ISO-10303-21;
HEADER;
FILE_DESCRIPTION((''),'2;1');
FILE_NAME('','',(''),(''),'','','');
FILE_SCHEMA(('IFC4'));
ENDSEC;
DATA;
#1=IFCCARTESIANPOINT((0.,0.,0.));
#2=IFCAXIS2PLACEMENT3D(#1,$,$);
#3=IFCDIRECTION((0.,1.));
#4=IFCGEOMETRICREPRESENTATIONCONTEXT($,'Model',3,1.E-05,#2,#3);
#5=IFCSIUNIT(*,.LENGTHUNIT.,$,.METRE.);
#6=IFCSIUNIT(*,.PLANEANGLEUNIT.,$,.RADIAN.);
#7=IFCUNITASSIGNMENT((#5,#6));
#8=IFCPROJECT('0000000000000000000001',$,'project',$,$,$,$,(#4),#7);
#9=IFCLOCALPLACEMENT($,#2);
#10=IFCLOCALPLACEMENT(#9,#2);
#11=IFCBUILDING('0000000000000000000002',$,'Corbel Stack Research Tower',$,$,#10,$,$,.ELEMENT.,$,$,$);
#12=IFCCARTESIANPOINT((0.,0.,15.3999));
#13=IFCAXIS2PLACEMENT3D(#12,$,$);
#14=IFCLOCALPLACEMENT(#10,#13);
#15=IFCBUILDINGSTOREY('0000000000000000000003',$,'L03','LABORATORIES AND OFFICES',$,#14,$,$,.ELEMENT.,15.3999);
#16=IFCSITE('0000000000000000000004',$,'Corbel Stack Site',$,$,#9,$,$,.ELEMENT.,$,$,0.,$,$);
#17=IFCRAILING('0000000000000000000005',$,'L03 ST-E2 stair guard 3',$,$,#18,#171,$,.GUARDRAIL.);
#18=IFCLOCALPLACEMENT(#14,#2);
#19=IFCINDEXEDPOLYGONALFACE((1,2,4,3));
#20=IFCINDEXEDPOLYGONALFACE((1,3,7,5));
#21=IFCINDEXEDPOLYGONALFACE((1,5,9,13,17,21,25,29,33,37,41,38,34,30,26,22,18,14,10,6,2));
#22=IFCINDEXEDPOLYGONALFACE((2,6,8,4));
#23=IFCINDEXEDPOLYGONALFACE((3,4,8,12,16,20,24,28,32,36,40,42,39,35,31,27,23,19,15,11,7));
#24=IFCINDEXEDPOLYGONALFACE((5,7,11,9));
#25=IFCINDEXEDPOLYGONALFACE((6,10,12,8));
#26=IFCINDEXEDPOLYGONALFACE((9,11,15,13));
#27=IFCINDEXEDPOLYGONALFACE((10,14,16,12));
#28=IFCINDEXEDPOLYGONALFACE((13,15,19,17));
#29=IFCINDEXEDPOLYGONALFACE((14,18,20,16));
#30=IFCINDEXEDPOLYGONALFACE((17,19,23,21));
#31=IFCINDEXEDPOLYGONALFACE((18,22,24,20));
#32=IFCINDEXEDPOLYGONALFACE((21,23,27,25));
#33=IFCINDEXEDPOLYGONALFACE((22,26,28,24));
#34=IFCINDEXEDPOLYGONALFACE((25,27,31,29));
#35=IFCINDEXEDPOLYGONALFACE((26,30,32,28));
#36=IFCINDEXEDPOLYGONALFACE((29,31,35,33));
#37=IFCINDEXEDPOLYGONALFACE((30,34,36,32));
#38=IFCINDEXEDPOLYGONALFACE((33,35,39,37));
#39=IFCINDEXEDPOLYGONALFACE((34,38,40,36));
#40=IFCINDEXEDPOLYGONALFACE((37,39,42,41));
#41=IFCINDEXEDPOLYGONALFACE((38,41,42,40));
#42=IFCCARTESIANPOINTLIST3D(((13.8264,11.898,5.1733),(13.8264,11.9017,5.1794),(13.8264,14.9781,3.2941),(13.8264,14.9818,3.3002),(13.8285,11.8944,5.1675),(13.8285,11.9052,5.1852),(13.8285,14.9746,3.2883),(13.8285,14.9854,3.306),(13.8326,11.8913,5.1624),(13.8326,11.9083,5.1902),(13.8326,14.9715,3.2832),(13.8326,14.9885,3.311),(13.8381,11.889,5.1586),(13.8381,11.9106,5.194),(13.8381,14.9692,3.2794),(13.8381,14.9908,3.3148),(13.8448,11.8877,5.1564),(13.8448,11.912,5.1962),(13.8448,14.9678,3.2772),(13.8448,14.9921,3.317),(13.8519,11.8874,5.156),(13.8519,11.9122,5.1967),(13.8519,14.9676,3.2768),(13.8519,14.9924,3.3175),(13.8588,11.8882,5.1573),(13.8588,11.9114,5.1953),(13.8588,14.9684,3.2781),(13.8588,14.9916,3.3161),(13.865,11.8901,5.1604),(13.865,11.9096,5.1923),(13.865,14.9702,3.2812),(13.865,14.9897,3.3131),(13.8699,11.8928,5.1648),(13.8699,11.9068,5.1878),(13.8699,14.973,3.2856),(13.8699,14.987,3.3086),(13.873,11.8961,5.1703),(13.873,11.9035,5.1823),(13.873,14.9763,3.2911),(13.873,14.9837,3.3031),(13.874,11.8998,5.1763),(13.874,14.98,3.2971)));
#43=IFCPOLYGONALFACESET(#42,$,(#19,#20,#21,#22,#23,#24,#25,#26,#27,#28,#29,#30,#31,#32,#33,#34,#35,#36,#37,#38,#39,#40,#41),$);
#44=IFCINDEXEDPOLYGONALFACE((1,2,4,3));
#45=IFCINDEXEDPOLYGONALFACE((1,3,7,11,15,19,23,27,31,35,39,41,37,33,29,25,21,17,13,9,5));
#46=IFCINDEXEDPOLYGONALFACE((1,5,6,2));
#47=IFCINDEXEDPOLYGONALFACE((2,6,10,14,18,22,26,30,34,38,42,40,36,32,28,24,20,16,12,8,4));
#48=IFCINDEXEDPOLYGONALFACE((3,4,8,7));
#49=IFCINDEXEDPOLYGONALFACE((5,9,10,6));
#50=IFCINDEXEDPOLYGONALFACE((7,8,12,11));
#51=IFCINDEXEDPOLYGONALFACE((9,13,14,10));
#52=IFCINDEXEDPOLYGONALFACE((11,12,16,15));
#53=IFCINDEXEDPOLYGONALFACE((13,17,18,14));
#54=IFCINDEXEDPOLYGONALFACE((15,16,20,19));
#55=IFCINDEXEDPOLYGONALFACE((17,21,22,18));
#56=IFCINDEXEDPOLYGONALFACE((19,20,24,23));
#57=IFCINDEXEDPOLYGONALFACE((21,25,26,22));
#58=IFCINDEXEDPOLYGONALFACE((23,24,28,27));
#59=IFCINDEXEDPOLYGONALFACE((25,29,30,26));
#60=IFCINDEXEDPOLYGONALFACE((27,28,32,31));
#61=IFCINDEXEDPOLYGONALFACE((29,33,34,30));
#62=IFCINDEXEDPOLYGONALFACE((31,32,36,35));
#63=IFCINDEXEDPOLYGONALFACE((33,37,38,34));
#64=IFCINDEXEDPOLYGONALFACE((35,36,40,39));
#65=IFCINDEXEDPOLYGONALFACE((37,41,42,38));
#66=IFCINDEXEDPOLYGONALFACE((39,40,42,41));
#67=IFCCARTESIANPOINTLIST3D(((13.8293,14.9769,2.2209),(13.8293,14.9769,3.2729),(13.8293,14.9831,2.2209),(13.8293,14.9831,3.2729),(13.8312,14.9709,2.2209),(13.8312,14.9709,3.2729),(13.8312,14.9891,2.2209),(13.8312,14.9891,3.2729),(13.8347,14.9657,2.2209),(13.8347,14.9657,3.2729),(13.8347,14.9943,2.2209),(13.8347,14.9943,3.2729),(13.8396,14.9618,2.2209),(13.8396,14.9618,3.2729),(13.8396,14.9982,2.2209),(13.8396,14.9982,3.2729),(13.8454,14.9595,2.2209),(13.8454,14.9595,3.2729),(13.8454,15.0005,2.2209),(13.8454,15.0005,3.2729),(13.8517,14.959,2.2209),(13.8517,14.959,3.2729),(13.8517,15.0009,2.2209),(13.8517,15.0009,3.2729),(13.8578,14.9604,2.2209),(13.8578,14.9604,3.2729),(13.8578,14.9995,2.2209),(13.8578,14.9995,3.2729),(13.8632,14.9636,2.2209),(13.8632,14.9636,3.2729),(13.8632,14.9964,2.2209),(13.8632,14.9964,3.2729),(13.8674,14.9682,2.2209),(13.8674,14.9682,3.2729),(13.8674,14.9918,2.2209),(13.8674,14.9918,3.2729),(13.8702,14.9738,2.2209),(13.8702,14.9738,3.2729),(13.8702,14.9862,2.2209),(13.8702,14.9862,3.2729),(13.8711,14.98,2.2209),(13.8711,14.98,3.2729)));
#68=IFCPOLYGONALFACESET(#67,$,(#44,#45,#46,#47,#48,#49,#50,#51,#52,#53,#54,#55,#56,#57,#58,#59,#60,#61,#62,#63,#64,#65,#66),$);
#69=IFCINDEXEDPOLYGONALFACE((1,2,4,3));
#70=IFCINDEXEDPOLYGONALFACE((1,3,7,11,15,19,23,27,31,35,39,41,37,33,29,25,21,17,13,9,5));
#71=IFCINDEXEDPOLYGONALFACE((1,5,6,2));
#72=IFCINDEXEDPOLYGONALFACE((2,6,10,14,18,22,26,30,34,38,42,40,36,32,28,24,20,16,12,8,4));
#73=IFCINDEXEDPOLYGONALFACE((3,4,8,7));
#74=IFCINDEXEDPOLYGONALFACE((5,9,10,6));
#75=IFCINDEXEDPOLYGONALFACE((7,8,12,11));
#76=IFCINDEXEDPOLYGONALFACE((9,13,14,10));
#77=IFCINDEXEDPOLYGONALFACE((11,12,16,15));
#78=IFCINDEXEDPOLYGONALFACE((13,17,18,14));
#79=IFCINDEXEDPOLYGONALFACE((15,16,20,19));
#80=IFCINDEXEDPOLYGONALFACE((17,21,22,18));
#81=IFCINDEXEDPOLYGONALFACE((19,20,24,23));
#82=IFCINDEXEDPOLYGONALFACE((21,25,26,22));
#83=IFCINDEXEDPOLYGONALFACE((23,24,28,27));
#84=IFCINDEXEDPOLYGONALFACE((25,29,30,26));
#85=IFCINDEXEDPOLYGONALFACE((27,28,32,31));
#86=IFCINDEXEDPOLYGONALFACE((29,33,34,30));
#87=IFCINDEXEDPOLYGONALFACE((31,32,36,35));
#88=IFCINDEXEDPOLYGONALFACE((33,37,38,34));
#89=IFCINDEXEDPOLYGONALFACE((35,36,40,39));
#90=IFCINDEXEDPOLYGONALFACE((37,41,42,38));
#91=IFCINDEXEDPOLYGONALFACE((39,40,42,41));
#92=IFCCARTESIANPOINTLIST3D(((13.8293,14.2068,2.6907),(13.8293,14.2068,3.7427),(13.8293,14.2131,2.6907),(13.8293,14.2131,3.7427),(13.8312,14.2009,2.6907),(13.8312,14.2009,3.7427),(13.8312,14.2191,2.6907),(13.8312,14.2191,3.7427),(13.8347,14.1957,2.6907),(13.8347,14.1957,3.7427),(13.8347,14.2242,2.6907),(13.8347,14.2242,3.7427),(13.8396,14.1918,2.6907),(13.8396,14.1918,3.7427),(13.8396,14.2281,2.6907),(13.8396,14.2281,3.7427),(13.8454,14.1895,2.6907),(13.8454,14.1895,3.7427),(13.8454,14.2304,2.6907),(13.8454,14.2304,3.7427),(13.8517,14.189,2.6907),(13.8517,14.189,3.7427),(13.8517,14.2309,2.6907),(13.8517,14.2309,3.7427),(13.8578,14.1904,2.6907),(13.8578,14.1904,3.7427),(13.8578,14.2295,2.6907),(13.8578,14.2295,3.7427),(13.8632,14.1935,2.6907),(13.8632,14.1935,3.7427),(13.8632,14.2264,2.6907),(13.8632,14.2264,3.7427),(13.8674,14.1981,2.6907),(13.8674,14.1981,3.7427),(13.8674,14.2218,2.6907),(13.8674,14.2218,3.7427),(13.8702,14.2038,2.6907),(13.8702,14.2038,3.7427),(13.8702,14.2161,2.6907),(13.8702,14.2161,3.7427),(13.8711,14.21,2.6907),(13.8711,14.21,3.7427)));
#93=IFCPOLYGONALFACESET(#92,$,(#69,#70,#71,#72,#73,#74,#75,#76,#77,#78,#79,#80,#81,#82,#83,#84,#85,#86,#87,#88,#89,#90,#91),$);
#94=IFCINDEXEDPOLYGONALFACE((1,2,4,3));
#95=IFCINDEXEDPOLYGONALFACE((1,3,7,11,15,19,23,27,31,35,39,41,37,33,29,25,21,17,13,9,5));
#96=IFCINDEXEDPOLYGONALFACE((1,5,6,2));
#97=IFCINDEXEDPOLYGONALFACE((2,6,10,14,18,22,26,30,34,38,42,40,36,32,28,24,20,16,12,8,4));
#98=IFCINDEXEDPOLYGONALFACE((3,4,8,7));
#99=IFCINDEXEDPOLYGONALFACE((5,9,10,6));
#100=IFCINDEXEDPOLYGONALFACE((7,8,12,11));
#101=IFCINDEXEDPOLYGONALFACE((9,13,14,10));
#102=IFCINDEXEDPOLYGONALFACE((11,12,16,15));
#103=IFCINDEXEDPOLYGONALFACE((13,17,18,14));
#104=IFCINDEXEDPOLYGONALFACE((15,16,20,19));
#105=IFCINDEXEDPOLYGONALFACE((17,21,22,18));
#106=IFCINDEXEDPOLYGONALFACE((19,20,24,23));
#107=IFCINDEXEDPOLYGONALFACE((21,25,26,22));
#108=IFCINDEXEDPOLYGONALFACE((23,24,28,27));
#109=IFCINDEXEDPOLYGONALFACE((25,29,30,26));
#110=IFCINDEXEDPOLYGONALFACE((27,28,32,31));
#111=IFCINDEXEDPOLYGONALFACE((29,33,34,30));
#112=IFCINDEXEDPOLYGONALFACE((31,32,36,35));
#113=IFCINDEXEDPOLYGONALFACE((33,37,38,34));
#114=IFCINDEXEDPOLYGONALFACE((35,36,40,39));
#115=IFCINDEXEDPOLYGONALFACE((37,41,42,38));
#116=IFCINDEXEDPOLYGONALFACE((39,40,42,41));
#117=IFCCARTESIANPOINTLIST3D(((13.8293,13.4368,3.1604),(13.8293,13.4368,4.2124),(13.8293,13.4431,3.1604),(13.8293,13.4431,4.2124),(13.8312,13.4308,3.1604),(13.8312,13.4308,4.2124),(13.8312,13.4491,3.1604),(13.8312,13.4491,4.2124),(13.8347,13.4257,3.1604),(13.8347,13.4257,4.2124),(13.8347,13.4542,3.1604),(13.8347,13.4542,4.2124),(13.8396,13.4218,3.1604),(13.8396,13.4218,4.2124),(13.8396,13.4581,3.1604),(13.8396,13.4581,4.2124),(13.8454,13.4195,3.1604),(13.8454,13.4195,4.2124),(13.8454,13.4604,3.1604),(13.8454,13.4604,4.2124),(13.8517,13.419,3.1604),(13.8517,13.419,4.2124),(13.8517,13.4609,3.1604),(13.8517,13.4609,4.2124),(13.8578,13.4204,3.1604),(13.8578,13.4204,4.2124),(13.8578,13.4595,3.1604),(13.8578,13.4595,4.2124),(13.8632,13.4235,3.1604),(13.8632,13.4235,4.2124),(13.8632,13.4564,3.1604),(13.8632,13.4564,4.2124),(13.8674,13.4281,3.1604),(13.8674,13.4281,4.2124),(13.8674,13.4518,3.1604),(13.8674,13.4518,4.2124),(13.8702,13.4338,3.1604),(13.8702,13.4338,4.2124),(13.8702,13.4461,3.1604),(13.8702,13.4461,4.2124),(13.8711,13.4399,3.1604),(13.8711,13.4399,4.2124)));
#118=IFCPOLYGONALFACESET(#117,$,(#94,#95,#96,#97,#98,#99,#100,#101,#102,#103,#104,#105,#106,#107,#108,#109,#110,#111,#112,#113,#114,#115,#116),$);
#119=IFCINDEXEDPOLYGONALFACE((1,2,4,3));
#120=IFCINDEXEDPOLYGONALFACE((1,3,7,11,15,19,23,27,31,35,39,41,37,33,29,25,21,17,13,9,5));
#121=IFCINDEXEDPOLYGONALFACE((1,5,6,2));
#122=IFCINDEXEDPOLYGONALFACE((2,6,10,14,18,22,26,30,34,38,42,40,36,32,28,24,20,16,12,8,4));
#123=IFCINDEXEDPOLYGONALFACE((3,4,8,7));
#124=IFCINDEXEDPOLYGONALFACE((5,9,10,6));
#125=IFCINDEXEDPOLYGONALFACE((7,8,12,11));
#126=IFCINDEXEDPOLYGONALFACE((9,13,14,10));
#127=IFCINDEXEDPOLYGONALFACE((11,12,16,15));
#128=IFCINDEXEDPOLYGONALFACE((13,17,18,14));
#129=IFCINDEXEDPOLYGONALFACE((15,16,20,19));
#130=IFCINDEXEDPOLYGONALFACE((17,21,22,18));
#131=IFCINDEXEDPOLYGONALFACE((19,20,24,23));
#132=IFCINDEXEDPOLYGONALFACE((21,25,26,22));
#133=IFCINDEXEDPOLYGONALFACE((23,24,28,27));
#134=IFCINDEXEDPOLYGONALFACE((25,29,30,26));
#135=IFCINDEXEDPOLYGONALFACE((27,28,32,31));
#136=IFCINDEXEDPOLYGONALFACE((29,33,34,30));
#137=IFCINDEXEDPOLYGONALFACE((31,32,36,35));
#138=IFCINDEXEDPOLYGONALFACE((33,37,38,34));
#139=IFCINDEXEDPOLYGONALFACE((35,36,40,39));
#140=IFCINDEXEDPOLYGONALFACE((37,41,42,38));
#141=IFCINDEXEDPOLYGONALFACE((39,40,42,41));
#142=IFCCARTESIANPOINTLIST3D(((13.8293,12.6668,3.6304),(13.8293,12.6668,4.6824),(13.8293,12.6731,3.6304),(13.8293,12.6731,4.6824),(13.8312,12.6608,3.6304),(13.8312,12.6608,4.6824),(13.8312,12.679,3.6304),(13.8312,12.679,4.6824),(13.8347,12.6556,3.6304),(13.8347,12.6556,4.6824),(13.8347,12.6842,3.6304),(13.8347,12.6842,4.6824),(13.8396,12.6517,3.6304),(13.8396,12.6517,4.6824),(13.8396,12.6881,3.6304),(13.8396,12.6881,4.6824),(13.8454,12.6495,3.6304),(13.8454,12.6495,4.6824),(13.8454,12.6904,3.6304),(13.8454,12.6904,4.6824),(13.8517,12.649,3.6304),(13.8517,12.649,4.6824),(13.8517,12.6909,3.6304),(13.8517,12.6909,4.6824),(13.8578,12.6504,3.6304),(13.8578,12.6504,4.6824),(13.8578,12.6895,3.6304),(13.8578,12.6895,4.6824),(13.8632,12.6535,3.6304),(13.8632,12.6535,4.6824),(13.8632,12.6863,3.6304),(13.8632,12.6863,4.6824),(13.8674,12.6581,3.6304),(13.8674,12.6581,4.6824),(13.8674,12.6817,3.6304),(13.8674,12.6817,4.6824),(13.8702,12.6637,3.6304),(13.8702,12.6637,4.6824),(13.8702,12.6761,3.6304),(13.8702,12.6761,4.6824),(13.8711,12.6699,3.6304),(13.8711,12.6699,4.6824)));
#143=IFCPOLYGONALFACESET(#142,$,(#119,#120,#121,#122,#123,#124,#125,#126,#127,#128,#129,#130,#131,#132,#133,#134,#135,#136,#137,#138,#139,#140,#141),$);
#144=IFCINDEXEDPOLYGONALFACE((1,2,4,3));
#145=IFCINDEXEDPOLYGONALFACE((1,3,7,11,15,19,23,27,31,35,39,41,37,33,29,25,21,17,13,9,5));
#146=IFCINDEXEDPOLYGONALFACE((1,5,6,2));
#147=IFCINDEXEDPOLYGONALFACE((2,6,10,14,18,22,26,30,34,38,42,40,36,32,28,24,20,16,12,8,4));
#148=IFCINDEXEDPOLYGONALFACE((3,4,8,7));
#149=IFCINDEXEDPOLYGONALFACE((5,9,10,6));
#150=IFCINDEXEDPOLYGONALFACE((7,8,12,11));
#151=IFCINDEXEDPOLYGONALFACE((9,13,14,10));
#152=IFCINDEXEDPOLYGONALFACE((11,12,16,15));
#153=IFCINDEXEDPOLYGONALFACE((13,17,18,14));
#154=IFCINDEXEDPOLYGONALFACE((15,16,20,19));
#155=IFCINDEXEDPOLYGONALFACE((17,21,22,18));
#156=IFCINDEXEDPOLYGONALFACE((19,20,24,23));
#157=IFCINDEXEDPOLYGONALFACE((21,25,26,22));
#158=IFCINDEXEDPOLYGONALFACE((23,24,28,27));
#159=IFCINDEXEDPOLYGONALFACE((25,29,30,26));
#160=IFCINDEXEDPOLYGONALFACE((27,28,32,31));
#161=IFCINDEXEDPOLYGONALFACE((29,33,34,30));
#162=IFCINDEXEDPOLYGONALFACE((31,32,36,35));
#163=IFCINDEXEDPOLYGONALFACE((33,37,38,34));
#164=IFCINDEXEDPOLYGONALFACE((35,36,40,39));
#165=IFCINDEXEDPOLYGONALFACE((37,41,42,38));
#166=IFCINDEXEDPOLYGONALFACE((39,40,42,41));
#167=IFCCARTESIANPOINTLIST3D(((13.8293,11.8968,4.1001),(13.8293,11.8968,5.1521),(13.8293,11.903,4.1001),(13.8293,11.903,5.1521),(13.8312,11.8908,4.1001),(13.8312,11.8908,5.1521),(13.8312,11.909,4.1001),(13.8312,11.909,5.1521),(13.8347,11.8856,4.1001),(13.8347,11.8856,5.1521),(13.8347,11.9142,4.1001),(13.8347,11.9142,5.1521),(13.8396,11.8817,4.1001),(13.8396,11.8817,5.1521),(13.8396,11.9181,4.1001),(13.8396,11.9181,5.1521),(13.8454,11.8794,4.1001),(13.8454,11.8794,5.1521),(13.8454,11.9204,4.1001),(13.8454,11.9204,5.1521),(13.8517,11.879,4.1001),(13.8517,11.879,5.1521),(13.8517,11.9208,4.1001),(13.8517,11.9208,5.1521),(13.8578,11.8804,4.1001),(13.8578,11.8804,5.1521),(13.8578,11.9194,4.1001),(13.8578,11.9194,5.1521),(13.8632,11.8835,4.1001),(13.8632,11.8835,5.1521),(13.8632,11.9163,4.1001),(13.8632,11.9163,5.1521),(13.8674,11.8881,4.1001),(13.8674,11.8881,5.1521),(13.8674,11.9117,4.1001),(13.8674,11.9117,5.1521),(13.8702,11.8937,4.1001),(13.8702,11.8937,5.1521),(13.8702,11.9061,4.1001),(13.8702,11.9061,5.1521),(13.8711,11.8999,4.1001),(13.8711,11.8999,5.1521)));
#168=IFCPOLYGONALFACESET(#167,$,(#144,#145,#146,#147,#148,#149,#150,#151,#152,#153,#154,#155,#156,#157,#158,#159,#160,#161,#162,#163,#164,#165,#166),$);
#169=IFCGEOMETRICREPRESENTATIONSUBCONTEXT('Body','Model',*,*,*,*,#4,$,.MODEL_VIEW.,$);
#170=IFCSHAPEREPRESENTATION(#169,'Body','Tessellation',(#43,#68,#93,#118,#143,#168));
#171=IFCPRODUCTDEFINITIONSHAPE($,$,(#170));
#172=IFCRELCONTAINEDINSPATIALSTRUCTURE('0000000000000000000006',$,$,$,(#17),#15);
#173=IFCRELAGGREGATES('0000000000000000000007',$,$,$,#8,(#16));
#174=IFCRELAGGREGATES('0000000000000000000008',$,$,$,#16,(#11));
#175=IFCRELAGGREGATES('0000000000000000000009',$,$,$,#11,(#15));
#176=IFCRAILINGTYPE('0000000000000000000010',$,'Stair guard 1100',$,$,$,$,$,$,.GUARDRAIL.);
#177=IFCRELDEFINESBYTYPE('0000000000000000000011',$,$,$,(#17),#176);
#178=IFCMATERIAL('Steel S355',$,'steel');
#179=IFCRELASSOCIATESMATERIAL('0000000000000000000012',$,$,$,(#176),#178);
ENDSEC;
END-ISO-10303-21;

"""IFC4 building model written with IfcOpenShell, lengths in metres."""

from ifc_helpers import new_model, si_unit, direction, frame, origin, origin_2d, place, context, subcontext, project, spatial, circle, extrude, material, type_object, element, save


model = new_model("IFC4")

# Units and contexts
model_context = context("Model", 3, precision=1e-05, world=origin(), true_north=direction((0.0, 1.0)))
body_context = subcontext(model_context, "Body", "Model", "MODEL_VIEW")
ifc_project = project(units=[si_unit("LENGTHUNIT", "METRE"), si_unit("PLANEANGLEUNIT", "RADIAN")], contexts=[model_context])

# Site, building, storey
site_placement = place(None, origin())
site = spatial("IfcSite", under=ifc_project, at=site_placement, Name="Corbel Stack Site", CompositionType="ELEMENT", RefElevation=0.0)
building_placement = place(site_placement, origin())
building = spatial("IfcBuilding", under=site, at=building_placement, Name="Corbel Stack Research Tower", CompositionType="ELEMENT")
storey_placement = place(building_placement, frame((0.0, 0.0, 15.3999)))
storey = spatial("IfcBuildingStorey", under=building, at=storey_placement, Name="L03", Description="LABORATORIES AND OFFICES", CompositionType="ELEMENT", Elevation=15.3999)

# Railing
ifc_material_1 = material(Name="Steel S355", Category="steel")
railing_type_1 = type_object("IfcRailingType", Name="Stair guard 1100", PredefinedType="GUARDRAIL", material=ifc_material_1)
railing_1_placement = place(storey_placement, frame((13.8501, 14.98, 2.2209)))
element("IfcRailing", 1, at=railing_1_placement, inside=storey, type_object=railing_type_1, Name="L03 ST-E2 stair guard 3", PredefinedType="GUARDRAIL", context=body_context, shape_type="SweptSolid", body=[
    extrude(circle(Radius=0.0239, at=origin_2d()), frame((0.0, 0.0, 1.0762), z_axis=(0.0, -0.853666, 0.52082), x_axis=(1.0, 0.0, 0.0)), (0.0, 0.0, 1.0), 3.6082),
    extrude(circle(Radius=0.021, at=origin_2d()), origin(), (0.0, 0.0, 1.0), 1.052),
    extrude(circle(Radius=0.021, at=origin_2d()), frame((0.0, -0.77, 0.4697)), (0.0, 0.0, 1.0), 1.052),
    extrude(circle(Radius=0.021, at=origin_2d()), frame((0.0, -1.54, 0.9395)), (0.0, 0.0, 1.0), 1.052),
    extrude(circle(Radius=0.021, at=origin_2d()), frame((0.0, -2.3101, 1.4094)), (0.0, 0.0, 1.0), 1.052),
    extrude(circle(Radius=0.021, at=origin_2d()), frame((0.0, -3.0801, 1.8792)), (0.0, 0.0, 1.0), 1.052),
])

save(model, "model.ifc")
